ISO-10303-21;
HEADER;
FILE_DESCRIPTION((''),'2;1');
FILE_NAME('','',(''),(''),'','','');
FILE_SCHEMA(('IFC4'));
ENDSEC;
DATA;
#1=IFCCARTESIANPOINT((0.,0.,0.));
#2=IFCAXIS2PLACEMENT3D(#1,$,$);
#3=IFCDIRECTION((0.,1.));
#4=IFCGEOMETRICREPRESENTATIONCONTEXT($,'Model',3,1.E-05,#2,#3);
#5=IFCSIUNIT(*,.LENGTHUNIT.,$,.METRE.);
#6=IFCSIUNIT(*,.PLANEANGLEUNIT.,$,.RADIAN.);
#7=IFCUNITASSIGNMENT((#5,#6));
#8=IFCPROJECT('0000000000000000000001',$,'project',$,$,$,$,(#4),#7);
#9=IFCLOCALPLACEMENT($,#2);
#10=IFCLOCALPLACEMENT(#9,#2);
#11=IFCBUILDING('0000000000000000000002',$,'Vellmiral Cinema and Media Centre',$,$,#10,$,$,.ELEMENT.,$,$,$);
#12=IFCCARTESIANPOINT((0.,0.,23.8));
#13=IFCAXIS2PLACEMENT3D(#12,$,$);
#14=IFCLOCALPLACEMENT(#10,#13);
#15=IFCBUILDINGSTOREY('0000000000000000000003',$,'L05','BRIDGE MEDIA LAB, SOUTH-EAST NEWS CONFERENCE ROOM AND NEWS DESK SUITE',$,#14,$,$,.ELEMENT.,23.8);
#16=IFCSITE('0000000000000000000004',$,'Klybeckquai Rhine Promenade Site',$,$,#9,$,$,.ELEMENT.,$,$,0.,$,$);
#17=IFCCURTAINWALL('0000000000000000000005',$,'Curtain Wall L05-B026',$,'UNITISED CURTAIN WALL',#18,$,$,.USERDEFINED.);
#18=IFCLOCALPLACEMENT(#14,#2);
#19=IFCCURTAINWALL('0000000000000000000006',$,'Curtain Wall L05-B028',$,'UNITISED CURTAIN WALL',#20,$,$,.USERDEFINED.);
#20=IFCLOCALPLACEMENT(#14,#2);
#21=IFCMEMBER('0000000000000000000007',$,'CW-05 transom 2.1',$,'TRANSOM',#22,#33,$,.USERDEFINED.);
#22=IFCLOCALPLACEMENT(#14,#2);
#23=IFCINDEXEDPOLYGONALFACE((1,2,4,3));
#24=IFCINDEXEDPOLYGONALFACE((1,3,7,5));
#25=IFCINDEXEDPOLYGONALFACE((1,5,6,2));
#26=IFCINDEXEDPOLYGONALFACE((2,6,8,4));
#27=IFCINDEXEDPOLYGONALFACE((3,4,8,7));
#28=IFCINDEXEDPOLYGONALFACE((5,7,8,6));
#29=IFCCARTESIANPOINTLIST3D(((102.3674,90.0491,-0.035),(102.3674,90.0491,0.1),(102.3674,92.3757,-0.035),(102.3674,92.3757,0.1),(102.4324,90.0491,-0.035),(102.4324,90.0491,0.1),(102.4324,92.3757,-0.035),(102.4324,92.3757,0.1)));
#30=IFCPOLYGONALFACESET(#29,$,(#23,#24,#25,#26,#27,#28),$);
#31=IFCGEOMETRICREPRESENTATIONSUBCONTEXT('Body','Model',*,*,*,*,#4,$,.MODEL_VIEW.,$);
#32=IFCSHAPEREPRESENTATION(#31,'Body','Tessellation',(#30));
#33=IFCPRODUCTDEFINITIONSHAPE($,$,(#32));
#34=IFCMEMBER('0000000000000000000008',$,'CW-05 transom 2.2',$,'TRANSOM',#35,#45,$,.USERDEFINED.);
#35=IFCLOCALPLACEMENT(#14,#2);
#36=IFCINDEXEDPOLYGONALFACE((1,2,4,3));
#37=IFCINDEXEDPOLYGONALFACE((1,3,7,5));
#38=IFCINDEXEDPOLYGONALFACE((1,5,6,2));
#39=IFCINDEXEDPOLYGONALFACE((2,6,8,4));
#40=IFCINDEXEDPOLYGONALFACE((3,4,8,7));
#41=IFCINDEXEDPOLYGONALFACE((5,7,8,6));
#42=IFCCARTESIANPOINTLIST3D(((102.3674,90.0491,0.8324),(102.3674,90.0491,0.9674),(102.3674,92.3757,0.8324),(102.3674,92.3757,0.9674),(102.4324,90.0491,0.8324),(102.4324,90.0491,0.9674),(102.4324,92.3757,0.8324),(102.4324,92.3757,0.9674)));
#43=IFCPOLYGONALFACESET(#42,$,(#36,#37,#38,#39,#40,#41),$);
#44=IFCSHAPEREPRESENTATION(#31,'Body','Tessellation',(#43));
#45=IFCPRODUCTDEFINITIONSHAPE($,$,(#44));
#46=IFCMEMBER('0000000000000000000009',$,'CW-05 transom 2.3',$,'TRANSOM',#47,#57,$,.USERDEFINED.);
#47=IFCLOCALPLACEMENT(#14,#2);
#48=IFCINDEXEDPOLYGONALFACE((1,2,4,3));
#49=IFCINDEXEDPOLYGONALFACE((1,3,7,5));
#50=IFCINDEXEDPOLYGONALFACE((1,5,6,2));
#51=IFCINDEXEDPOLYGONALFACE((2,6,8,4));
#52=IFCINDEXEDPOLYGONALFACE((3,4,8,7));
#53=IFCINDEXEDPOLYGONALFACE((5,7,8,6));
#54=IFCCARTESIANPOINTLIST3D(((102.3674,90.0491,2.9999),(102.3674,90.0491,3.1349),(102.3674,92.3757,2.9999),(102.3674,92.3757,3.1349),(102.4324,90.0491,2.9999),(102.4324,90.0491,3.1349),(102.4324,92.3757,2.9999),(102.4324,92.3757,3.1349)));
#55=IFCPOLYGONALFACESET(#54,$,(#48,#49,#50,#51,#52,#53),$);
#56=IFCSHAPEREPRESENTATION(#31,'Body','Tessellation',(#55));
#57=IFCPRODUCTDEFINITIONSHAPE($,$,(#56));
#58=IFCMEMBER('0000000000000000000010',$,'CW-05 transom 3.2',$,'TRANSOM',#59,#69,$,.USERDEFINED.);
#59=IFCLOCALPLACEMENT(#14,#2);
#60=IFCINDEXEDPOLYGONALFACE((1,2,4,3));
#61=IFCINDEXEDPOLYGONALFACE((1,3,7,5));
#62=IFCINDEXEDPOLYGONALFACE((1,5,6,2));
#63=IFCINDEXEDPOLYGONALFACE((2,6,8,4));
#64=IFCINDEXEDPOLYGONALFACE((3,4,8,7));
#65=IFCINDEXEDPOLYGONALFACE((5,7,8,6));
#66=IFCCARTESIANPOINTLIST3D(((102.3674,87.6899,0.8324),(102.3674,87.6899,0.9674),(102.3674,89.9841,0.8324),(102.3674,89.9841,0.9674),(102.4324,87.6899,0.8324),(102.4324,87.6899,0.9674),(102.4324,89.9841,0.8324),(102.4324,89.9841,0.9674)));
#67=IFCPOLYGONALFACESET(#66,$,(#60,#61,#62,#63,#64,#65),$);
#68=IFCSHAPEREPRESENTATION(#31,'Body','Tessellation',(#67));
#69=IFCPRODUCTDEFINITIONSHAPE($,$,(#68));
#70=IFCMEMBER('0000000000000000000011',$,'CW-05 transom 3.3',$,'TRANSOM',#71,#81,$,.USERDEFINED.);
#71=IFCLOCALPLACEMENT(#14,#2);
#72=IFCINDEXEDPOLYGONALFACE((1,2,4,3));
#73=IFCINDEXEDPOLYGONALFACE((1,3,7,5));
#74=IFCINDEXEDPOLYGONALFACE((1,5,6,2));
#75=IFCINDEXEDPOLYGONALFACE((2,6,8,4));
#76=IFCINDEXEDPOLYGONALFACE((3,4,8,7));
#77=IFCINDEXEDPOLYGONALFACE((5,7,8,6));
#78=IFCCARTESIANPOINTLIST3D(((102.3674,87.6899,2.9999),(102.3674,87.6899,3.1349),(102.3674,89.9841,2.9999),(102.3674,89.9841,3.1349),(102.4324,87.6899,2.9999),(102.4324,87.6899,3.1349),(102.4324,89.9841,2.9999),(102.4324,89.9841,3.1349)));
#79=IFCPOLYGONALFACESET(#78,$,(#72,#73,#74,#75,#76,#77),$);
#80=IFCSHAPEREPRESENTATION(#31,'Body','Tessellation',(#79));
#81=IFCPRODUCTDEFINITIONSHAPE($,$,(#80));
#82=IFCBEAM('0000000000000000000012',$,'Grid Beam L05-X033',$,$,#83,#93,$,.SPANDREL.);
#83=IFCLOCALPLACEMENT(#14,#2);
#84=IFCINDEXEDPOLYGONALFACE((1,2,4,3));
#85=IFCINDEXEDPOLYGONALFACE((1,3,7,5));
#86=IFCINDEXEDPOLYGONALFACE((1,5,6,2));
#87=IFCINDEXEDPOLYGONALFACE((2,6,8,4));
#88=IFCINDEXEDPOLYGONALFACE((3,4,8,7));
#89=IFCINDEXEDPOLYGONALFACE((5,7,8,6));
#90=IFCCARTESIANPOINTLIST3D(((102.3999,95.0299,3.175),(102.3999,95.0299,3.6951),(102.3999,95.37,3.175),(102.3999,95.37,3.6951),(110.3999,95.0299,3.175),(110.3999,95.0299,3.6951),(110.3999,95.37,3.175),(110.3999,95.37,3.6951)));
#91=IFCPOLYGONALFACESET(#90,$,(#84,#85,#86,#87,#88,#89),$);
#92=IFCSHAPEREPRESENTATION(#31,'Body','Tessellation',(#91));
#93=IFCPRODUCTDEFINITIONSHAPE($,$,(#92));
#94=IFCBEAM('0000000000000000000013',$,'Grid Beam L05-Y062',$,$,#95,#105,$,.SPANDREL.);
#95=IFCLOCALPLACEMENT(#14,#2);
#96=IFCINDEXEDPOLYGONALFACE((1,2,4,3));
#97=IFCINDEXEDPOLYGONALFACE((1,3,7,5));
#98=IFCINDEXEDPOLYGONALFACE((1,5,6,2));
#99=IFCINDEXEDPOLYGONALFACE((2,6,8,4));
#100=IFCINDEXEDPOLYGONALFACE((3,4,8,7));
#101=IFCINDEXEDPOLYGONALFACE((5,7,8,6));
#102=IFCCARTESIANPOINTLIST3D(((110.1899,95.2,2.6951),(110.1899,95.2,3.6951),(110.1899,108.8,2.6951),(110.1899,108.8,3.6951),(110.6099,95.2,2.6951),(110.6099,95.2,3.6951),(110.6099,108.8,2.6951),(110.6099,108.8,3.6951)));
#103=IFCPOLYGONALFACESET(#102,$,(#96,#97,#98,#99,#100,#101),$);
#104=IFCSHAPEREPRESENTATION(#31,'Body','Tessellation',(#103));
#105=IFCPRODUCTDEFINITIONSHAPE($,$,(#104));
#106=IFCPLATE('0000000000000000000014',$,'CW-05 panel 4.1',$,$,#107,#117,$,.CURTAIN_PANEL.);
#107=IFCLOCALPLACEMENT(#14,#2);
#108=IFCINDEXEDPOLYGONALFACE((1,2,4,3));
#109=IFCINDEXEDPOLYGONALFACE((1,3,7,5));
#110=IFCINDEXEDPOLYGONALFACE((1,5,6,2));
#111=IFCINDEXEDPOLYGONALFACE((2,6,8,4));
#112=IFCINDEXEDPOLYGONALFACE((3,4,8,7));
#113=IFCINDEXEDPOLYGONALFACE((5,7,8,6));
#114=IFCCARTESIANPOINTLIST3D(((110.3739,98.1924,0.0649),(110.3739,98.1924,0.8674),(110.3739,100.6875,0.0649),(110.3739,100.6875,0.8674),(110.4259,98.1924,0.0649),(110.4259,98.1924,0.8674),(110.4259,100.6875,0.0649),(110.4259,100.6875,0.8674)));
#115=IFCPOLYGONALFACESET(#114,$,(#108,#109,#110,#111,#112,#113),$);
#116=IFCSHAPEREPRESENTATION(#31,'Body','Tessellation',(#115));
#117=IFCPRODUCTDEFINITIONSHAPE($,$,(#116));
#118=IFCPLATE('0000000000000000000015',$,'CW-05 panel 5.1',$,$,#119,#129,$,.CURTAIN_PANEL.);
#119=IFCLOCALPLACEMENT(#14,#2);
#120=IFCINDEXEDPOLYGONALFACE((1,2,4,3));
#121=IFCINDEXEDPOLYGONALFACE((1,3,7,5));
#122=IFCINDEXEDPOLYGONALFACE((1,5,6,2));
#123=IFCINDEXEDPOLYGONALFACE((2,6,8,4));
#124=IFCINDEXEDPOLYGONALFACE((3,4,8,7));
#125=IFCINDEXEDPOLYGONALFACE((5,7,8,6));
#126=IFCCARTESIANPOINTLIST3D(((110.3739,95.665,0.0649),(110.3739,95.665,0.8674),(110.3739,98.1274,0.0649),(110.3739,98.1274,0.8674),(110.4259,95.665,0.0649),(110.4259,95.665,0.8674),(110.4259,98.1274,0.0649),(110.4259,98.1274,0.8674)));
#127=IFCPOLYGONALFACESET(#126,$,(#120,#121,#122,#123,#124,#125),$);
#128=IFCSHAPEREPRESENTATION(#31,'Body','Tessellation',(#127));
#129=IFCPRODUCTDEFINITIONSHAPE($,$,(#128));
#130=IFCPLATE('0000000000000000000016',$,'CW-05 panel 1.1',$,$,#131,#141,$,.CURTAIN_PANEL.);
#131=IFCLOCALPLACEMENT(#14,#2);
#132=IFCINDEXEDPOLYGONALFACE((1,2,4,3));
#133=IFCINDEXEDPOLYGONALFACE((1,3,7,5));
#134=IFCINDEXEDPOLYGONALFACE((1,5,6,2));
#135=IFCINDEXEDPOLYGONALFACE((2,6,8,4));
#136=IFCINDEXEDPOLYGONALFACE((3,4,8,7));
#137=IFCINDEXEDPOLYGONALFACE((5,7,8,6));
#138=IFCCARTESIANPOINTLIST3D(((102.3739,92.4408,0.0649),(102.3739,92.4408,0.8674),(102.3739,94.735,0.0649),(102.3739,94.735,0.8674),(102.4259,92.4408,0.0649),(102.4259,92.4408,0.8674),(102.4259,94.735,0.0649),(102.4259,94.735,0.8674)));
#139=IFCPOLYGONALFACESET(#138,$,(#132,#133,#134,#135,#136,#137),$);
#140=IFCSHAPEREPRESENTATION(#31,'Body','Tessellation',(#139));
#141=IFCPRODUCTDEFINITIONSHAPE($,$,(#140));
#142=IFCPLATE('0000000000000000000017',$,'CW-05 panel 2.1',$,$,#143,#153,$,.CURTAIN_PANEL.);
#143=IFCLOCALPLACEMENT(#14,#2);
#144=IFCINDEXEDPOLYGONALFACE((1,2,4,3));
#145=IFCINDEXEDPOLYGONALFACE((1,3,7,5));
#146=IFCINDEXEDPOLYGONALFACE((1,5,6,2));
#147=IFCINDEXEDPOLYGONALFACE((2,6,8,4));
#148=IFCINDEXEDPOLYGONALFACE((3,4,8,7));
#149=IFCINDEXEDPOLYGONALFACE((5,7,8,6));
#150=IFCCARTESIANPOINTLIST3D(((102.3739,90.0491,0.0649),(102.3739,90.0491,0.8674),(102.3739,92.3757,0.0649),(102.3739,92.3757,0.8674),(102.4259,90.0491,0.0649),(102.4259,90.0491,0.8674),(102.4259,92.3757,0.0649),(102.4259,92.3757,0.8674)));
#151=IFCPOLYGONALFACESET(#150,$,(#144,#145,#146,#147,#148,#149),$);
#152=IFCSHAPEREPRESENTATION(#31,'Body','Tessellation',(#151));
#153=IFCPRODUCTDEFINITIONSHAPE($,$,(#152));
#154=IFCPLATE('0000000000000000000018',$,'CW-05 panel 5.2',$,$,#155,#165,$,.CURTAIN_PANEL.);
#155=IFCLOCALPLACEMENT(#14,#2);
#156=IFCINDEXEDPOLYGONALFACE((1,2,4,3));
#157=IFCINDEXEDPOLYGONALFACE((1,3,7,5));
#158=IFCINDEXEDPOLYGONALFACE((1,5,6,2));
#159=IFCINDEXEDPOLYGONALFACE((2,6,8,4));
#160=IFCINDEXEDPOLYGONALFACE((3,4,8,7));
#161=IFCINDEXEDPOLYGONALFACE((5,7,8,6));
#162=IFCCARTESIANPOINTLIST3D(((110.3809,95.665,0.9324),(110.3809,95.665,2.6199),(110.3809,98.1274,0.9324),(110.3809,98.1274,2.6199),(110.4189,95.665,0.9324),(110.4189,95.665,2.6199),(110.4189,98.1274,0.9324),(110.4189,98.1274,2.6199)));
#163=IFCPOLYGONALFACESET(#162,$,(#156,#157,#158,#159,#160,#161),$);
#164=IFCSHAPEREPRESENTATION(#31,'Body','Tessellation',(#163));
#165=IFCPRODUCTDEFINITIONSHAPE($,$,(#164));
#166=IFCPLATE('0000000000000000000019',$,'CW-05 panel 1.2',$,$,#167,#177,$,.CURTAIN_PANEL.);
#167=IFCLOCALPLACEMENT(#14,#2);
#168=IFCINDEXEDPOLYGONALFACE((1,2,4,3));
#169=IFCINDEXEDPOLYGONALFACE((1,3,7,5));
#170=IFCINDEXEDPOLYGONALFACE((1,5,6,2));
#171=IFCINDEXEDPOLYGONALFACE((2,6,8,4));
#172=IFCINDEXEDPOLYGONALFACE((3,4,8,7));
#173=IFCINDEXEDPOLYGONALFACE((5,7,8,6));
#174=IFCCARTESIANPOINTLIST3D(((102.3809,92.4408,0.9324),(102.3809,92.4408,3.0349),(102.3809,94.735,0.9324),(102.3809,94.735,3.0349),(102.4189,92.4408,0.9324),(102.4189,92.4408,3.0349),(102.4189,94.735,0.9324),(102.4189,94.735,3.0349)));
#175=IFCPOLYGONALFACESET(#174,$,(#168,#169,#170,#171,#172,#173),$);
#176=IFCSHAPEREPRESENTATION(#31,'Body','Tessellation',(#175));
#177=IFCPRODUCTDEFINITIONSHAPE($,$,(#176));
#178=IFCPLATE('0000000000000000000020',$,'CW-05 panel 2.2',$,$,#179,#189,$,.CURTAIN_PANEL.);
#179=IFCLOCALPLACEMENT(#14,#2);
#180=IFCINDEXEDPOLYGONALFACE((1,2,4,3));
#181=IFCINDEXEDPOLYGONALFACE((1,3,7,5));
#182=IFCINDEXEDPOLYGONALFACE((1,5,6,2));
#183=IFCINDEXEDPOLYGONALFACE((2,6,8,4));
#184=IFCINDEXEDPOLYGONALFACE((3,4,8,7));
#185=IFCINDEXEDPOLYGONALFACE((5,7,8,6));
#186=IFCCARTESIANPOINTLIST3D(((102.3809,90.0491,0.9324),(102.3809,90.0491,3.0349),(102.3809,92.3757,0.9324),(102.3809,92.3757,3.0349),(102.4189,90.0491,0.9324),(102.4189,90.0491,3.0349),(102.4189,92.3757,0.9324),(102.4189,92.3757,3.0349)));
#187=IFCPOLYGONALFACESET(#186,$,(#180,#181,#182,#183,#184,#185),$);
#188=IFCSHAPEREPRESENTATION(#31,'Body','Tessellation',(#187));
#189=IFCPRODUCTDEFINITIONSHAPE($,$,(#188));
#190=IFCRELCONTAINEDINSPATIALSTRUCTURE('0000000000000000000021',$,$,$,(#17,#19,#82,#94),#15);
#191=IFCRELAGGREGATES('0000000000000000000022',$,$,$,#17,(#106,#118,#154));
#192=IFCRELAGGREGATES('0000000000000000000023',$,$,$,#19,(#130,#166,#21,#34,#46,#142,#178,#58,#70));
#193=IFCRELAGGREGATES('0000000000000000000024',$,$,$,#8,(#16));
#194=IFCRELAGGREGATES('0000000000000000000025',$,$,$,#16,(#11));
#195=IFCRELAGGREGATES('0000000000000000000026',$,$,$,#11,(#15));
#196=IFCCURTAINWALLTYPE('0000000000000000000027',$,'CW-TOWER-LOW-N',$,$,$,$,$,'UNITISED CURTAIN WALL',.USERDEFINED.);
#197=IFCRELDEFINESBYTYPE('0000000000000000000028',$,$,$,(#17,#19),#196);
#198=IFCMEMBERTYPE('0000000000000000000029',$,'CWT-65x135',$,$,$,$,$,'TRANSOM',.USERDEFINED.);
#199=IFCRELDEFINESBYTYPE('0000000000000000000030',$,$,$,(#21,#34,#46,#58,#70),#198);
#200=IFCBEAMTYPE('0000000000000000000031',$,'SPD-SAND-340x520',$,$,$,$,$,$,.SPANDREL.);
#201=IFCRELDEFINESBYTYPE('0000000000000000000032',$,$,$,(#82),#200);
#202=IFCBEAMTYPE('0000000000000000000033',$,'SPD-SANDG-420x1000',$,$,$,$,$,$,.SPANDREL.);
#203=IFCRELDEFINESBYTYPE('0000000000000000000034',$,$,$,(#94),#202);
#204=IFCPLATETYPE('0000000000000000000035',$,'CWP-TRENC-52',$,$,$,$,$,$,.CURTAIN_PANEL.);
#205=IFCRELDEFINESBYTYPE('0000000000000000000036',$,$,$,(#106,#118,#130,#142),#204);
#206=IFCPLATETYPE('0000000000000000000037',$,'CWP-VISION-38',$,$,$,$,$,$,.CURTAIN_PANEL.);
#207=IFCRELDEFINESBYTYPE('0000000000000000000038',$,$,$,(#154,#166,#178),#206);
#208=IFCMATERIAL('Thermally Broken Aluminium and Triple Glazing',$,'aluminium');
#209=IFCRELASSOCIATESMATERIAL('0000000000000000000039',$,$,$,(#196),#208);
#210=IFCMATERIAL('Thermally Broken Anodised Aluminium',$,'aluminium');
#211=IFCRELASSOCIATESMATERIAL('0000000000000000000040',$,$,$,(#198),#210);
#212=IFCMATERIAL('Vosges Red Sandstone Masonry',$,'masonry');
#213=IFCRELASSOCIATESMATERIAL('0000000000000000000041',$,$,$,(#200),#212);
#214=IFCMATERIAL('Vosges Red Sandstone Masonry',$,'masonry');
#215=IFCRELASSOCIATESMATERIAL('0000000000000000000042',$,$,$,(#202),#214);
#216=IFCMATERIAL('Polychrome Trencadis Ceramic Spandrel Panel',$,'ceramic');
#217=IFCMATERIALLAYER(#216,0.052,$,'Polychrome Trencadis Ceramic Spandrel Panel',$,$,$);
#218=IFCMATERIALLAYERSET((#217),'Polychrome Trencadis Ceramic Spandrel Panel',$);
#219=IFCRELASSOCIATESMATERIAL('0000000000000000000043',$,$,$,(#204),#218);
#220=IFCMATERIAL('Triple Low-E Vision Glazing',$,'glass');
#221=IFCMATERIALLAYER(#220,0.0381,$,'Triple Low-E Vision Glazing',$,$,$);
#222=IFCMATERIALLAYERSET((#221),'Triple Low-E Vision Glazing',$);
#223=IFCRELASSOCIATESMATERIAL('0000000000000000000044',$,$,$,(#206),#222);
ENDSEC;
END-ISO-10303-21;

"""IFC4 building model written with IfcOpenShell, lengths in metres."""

from ifc_helpers import new_model, si_unit, direction, frame, origin, origin_2d, place, context, subcontext, project, spatial, rectangle, extrude, material, layer, layer_set, material_profile, profile_set, type_object, element, aggregate, save


model = new_model("IFC4")

# Units and contexts
model_context = context("Model", 3, precision=1e-05, world=origin(), true_north=direction((0.0, 1.0)))
body_context = subcontext(model_context, "Body", "Model", "MODEL_VIEW")
ifc_project = project(units=[si_unit("LENGTHUNIT", "METRE"), si_unit("PLANEANGLEUNIT", "RADIAN")], contexts=[model_context])

# Site, building, storey
site_placement = place(None, origin())
site = spatial("IfcSite", under=ifc_project, at=site_placement, Name="Klybeckquai Rhine Promenade Site", CompositionType="ELEMENT", RefElevation=0.0)
building_placement = place(site_placement, origin())
building = spatial("IfcBuilding", under=site, at=building_placement, Name="Vellmiral Cinema and Media Centre", CompositionType="ELEMENT")
storey_placement = place(building_placement, frame((0.0, 0.0, 23.8)))
storey = spatial("IfcBuildingStorey", under=building, at=storey_placement, Name="L05", Description="BRIDGE MEDIA LAB, SOUTH-EAST NEWS CONFERENCE ROOM AND NEWS DESK SUITE", CompositionType="ELEMENT", Elevation=23.8)

# Curtain walls
ifc_material_1 = material(Name="Thermally Broken Aluminium and Triple Glazing", Category="aluminium")
curtain_wall_type = type_object("IfcCurtainWallType", Name="CW-TOWER-LOW-N", ElementType="UNITISED CURTAIN WALL", PredefinedType="USERDEFINED", material=ifc_material_1)
curtain_wall_1_placement = place(storey_placement, origin())
curtain_wall_1 = element("IfcCurtainWall", 1, at=curtain_wall_1_placement, inside=storey, type_object=curtain_wall_type, Name="Curtain Wall L05-B026", ObjectType="UNITISED CURTAIN WALL", PredefinedType="USERDEFINED")
curtain_wall_2_placement = place(storey_placement, origin())
curtain_wall_2 = element("IfcCurtainWall", 2, at=curtain_wall_2_placement, inside=storey, type_object=curtain_wall_type, Name="Curtain Wall L05-B028", ObjectType="UNITISED CURTAIN WALL", PredefinedType="USERDEFINED")

# Members
ifc_material_2 = material(Name="Thermally Broken Anodised Aluminium", Category="aluminium")
ifc_material_profile_1 = material_profile(ifc_material_2, rectangle(XDim=0.0649, YDim=0.135, at=origin_2d()), Name="MULL 65x135")
ifc_profile_set_1 = profile_set([ifc_material_profile_1], Name="Thermally Broken Anodised Aluminium")
member_type_1 = type_object("IfcMemberType", Name="CWT-65x135", ElementType="TRANSOM", PredefinedType="USERDEFINED", material=ifc_profile_set_1)
member_1_placement = place(storey_placement, frame((102.3999, 92.3757, 0.0325), z_axis=(0.0, -1.0, 0.0), x_axis=(1.0, 0.0, 0.0)))
member_1 = element("IfcMember", 3, at=member_1_placement, type_object=member_type_1, Name="CW-05 transom 2.1", ObjectType="TRANSOM", PredefinedType="USERDEFINED", context=body_context, shape_type="SweptSolid", body=[
    extrude(rectangle(XDim=0.0649, YDim=0.135, at=origin_2d()), origin(), (0.0, 0.0, 1.0), 2.3267),
])
member_2_placement = place(storey_placement, frame((102.3999, 92.3757, 0.8999), z_axis=(0.0, -1.0, 0.0), x_axis=(1.0, 0.0, 0.0)))
member_2 = element("IfcMember", 4, at=member_2_placement, type_object=member_type_1, Name="CW-05 transom 2.2", ObjectType="TRANSOM", PredefinedType="USERDEFINED", context=body_context, shape_type="SweptSolid", body=[
    extrude(rectangle(XDim=0.0649, YDim=0.135, at=origin_2d()), origin(), (0.0, 0.0, 1.0), 2.3267),
])
member_3_placement = place(storey_placement, frame((102.3999, 92.3757, 3.0674), z_axis=(0.0, -1.0, 0.0), x_axis=(1.0, 0.0, 0.0)))
member_3 = element("IfcMember", 5, at=member_3_placement, type_object=member_type_1, Name="CW-05 transom 2.3", ObjectType="TRANSOM", PredefinedType="USERDEFINED", context=body_context, shape_type="SweptSolid", body=[
    extrude(rectangle(XDim=0.0649, YDim=0.135, at=origin_2d()), origin(), (0.0, 0.0, 1.0), 2.3267),
])
member_4_placement = place(storey_placement, frame((102.3999, 89.9841, 0.8999), z_axis=(0.0, -1.0, 0.0), x_axis=(1.0, 0.0, 0.0)))
member_4 = element("IfcMember", 6, at=member_4_placement, type_object=member_type_1, Name="CW-05 transom 3.2", ObjectType="TRANSOM", PredefinedType="USERDEFINED", context=body_context, shape_type="SweptSolid", body=[
    extrude(rectangle(XDim=0.0649, YDim=0.135, at=origin_2d()), origin(), (0.0, 0.0, 1.0), 2.2942),
])
member_5_placement = place(storey_placement, frame((102.3999, 89.9841, 3.0674), z_axis=(0.0, -1.0, 0.0), x_axis=(1.0, 0.0, 0.0)))
member_5 = element("IfcMember", 7, at=member_5_placement, type_object=member_type_1, Name="CW-05 transom 3.3", ObjectType="TRANSOM", PredefinedType="USERDEFINED", context=body_context, shape_type="SweptSolid", body=[
    extrude(rectangle(XDim=0.0649, YDim=0.135, at=origin_2d()), origin(), (0.0, 0.0, 1.0), 2.2942),
])

# Beams
ifc_material_3 = material(Name="Vosges Red Sandstone Masonry", Category="masonry")
ifc_material_profile_2 = material_profile(ifc_material_3, rectangle(XDim=0.3401, YDim=0.52, at=origin_2d()), Name="SAND 340x520")
ifc_profile_set_2 = profile_set([ifc_material_profile_2], Name="Vosges Red Sandstone Masonry")
beam_type_1 = type_object("IfcBeamType", Name="SPD-SAND-340x520", PredefinedType="SPANDREL", material=ifc_profile_set_2)
beam_1_placement = place(storey_placement, frame((102.3999, 95.2, 3.4351), z_axis=(1.0, 0.0, 0.0), x_axis=(0.0, 1.0, 0.0)))
element("IfcBeam", 8, at=beam_1_placement, inside=storey, type_object=beam_type_1, Name="Grid Beam L05-X033", PredefinedType="SPANDREL", context=body_context, shape_type="SweptSolid", body=[
    extrude(rectangle(XDim=0.3401, YDim=0.52, at=origin_2d()), origin(), (0.0, 0.0, 1.0), 8.0),
])
ifc_material_4 = material(Name="Vosges Red Sandstone Masonry", Category="masonry")
ifc_material_profile_3 = material_profile(ifc_material_4, rectangle(XDim=0.4199, YDim=1.0, at=origin_2d()), Name="SAND 420x1000")
ifc_profile_set_3 = profile_set([ifc_material_profile_3], Name="Vosges Red Sandstone Masonry")
beam_type_2 = type_object("IfcBeamType", Name="SPD-SANDG-420x1000", PredefinedType="SPANDREL", material=ifc_profile_set_3)
beam_2_placement = place(storey_placement, frame((110.3999, 95.2, 3.1951), z_axis=(0.0, 1.0, 0.0), x_axis=(-1.0, 0.0, 0.0)))
element("IfcBeam", 9, at=beam_2_placement, inside=storey, type_object=beam_type_2, Name="Grid Beam L05-Y062", PredefinedType="SPANDREL", context=body_context, shape_type="SweptSolid", body=[
    extrude(rectangle(XDim=0.4199, YDim=1.0, at=origin_2d()), origin(), (0.0, 0.0, 1.0), 13.6001),
])

# Plates
ifc_material_5 = material(Name="Polychrome Trencadis Ceramic Spandrel Panel", Category="ceramic")
ifc_layer_1 = layer(ifc_material_5, 0.052, Name="Polychrome Trencadis Ceramic Spandrel Panel")
ifc_layer_set_1 = layer_set([ifc_layer_1], Name="Polychrome Trencadis Ceramic Spandrel Panel")
plate_type_1 = type_object("IfcPlateType", Name="CWP-TRENC-52", PredefinedType="CURTAIN_PANEL", material=ifc_layer_set_1)
plate_1_placement = place(storey_placement, frame((110.3999, 99.4399, 0.0649), z_axis=(0.0, 0.0, 1.0), x_axis=(0.0, -1.0, 0.0)))
plate_1 = element("IfcPlate", 10, at=plate_1_placement, type_object=plate_type_1, Name="CW-05 panel 4.1", PredefinedType="CURTAIN_PANEL", context=body_context, shape_type="SweptSolid", body=[
    extrude(rectangle(XDim=2.4951, YDim=0.052, at=origin_2d()), origin(), (0.0, 0.0, 1.0), 0.8025),
])
plate_2_placement = place(storey_placement, frame((110.3999, 96.8962, 0.0649), z_axis=(0.0, 0.0, 1.0), x_axis=(0.0, -1.0, 0.0)))
plate_2 = element("IfcPlate", 11, at=plate_2_placement, type_object=plate_type_1, Name="CW-05 panel 5.1", PredefinedType="CURTAIN_PANEL", context=body_context, shape_type="SweptSolid", body=[
    extrude(rectangle(XDim=2.4624, YDim=0.052, at=origin_2d()), origin(), (0.0, 0.0, 1.0), 0.8025),
])
plate_3_placement = place(storey_placement, frame((102.3999, 93.5879, 0.0649), z_axis=(0.0, 0.0, 1.0), x_axis=(0.0, -1.0, 0.0)))
plate_3 = element("IfcPlate", 12, at=plate_3_placement, type_object=plate_type_1, Name="CW-05 panel 1.1", PredefinedType="CURTAIN_PANEL", context=body_context, shape_type="SweptSolid", body=[
    extrude(rectangle(XDim=2.2942, YDim=0.052, at=origin_2d()), origin(), (0.0, 0.0, 1.0), 0.8025),
])
plate_4_placement = place(storey_placement, frame((102.3999, 91.2124, 0.0649), z_axis=(0.0, 0.0, 1.0), x_axis=(0.0, -1.0, 0.0)))
plate_4 = element("IfcPlate", 13, at=plate_4_placement, type_object=plate_type_1, Name="CW-05 panel 2.1", PredefinedType="CURTAIN_PANEL", context=body_context, shape_type="SweptSolid", body=[
    extrude(rectangle(XDim=2.3267, YDim=0.052, at=origin_2d()), origin(), (0.0, 0.0, 1.0), 0.8025),
])
ifc_material_6 = material(Name="Triple Low-E Vision Glazing", Category="glass")
ifc_layer_2 = layer(ifc_material_6, 0.0381, Name="Triple Low-E Vision Glazing")
ifc_layer_set_2 = layer_set([ifc_layer_2], Name="Triple Low-E Vision Glazing")
plate_type_2 = type_object("IfcPlateType", Name="CWP-VISION-38", PredefinedType="CURTAIN_PANEL", material=ifc_layer_set_2)
plate_5_placement = place(storey_placement, frame((110.3999, 96.8962, 0.9324), z_axis=(0.0, 0.0, 1.0), x_axis=(0.0, -1.0, 0.0)))
plate_5 = element("IfcPlate", 14, at=plate_5_placement, type_object=plate_type_2, Name="CW-05 panel 5.2", PredefinedType="CURTAIN_PANEL", context=body_context, shape_type="SweptSolid", body=[
    extrude(rectangle(XDim=2.4624, YDim=0.0381, at=origin_2d()), origin(), (0.0, 0.0, 1.0), 1.6875),
])
aggregate(curtain_wall_1, [plate_1, plate_2, plate_5])
plate_6_placement = place(storey_placement, frame((102.3999, 93.5879, 0.9324), z_axis=(0.0, 0.0, 1.0), x_axis=(0.0, -1.0, 0.0)))
plate_6 = element("IfcPlate", 15, at=plate_6_placement, type_object=plate_type_2, Name="CW-05 panel 1.2", PredefinedType="CURTAIN_PANEL", context=body_context, shape_type="SweptSolid", body=[
    extrude(rectangle(XDim=2.2942, YDim=0.0381, at=origin_2d()), origin(), (0.0, 0.0, 1.0), 2.1025),
])
plate_7_placement = place(storey_placement, frame((102.3999, 91.2124, 0.9324), z_axis=(0.0, 0.0, 1.0), x_axis=(0.0, -1.0, 0.0)))
plate_7 = element("IfcPlate", 16, at=plate_7_placement, type_object=plate_type_2, Name="CW-05 panel 2.2", PredefinedType="CURTAIN_PANEL", context=body_context, shape_type="SweptSolid", body=[
    extrude(rectangle(XDim=2.3267, YDim=0.0381, at=origin_2d()), origin(), (0.0, 0.0, 1.0), 2.1025),
])
aggregate(curtain_wall_2, [plate_3, plate_6, member_1, member_2, member_3, plate_4, plate_7, member_4, member_5])

save(model, "model.ifc")
